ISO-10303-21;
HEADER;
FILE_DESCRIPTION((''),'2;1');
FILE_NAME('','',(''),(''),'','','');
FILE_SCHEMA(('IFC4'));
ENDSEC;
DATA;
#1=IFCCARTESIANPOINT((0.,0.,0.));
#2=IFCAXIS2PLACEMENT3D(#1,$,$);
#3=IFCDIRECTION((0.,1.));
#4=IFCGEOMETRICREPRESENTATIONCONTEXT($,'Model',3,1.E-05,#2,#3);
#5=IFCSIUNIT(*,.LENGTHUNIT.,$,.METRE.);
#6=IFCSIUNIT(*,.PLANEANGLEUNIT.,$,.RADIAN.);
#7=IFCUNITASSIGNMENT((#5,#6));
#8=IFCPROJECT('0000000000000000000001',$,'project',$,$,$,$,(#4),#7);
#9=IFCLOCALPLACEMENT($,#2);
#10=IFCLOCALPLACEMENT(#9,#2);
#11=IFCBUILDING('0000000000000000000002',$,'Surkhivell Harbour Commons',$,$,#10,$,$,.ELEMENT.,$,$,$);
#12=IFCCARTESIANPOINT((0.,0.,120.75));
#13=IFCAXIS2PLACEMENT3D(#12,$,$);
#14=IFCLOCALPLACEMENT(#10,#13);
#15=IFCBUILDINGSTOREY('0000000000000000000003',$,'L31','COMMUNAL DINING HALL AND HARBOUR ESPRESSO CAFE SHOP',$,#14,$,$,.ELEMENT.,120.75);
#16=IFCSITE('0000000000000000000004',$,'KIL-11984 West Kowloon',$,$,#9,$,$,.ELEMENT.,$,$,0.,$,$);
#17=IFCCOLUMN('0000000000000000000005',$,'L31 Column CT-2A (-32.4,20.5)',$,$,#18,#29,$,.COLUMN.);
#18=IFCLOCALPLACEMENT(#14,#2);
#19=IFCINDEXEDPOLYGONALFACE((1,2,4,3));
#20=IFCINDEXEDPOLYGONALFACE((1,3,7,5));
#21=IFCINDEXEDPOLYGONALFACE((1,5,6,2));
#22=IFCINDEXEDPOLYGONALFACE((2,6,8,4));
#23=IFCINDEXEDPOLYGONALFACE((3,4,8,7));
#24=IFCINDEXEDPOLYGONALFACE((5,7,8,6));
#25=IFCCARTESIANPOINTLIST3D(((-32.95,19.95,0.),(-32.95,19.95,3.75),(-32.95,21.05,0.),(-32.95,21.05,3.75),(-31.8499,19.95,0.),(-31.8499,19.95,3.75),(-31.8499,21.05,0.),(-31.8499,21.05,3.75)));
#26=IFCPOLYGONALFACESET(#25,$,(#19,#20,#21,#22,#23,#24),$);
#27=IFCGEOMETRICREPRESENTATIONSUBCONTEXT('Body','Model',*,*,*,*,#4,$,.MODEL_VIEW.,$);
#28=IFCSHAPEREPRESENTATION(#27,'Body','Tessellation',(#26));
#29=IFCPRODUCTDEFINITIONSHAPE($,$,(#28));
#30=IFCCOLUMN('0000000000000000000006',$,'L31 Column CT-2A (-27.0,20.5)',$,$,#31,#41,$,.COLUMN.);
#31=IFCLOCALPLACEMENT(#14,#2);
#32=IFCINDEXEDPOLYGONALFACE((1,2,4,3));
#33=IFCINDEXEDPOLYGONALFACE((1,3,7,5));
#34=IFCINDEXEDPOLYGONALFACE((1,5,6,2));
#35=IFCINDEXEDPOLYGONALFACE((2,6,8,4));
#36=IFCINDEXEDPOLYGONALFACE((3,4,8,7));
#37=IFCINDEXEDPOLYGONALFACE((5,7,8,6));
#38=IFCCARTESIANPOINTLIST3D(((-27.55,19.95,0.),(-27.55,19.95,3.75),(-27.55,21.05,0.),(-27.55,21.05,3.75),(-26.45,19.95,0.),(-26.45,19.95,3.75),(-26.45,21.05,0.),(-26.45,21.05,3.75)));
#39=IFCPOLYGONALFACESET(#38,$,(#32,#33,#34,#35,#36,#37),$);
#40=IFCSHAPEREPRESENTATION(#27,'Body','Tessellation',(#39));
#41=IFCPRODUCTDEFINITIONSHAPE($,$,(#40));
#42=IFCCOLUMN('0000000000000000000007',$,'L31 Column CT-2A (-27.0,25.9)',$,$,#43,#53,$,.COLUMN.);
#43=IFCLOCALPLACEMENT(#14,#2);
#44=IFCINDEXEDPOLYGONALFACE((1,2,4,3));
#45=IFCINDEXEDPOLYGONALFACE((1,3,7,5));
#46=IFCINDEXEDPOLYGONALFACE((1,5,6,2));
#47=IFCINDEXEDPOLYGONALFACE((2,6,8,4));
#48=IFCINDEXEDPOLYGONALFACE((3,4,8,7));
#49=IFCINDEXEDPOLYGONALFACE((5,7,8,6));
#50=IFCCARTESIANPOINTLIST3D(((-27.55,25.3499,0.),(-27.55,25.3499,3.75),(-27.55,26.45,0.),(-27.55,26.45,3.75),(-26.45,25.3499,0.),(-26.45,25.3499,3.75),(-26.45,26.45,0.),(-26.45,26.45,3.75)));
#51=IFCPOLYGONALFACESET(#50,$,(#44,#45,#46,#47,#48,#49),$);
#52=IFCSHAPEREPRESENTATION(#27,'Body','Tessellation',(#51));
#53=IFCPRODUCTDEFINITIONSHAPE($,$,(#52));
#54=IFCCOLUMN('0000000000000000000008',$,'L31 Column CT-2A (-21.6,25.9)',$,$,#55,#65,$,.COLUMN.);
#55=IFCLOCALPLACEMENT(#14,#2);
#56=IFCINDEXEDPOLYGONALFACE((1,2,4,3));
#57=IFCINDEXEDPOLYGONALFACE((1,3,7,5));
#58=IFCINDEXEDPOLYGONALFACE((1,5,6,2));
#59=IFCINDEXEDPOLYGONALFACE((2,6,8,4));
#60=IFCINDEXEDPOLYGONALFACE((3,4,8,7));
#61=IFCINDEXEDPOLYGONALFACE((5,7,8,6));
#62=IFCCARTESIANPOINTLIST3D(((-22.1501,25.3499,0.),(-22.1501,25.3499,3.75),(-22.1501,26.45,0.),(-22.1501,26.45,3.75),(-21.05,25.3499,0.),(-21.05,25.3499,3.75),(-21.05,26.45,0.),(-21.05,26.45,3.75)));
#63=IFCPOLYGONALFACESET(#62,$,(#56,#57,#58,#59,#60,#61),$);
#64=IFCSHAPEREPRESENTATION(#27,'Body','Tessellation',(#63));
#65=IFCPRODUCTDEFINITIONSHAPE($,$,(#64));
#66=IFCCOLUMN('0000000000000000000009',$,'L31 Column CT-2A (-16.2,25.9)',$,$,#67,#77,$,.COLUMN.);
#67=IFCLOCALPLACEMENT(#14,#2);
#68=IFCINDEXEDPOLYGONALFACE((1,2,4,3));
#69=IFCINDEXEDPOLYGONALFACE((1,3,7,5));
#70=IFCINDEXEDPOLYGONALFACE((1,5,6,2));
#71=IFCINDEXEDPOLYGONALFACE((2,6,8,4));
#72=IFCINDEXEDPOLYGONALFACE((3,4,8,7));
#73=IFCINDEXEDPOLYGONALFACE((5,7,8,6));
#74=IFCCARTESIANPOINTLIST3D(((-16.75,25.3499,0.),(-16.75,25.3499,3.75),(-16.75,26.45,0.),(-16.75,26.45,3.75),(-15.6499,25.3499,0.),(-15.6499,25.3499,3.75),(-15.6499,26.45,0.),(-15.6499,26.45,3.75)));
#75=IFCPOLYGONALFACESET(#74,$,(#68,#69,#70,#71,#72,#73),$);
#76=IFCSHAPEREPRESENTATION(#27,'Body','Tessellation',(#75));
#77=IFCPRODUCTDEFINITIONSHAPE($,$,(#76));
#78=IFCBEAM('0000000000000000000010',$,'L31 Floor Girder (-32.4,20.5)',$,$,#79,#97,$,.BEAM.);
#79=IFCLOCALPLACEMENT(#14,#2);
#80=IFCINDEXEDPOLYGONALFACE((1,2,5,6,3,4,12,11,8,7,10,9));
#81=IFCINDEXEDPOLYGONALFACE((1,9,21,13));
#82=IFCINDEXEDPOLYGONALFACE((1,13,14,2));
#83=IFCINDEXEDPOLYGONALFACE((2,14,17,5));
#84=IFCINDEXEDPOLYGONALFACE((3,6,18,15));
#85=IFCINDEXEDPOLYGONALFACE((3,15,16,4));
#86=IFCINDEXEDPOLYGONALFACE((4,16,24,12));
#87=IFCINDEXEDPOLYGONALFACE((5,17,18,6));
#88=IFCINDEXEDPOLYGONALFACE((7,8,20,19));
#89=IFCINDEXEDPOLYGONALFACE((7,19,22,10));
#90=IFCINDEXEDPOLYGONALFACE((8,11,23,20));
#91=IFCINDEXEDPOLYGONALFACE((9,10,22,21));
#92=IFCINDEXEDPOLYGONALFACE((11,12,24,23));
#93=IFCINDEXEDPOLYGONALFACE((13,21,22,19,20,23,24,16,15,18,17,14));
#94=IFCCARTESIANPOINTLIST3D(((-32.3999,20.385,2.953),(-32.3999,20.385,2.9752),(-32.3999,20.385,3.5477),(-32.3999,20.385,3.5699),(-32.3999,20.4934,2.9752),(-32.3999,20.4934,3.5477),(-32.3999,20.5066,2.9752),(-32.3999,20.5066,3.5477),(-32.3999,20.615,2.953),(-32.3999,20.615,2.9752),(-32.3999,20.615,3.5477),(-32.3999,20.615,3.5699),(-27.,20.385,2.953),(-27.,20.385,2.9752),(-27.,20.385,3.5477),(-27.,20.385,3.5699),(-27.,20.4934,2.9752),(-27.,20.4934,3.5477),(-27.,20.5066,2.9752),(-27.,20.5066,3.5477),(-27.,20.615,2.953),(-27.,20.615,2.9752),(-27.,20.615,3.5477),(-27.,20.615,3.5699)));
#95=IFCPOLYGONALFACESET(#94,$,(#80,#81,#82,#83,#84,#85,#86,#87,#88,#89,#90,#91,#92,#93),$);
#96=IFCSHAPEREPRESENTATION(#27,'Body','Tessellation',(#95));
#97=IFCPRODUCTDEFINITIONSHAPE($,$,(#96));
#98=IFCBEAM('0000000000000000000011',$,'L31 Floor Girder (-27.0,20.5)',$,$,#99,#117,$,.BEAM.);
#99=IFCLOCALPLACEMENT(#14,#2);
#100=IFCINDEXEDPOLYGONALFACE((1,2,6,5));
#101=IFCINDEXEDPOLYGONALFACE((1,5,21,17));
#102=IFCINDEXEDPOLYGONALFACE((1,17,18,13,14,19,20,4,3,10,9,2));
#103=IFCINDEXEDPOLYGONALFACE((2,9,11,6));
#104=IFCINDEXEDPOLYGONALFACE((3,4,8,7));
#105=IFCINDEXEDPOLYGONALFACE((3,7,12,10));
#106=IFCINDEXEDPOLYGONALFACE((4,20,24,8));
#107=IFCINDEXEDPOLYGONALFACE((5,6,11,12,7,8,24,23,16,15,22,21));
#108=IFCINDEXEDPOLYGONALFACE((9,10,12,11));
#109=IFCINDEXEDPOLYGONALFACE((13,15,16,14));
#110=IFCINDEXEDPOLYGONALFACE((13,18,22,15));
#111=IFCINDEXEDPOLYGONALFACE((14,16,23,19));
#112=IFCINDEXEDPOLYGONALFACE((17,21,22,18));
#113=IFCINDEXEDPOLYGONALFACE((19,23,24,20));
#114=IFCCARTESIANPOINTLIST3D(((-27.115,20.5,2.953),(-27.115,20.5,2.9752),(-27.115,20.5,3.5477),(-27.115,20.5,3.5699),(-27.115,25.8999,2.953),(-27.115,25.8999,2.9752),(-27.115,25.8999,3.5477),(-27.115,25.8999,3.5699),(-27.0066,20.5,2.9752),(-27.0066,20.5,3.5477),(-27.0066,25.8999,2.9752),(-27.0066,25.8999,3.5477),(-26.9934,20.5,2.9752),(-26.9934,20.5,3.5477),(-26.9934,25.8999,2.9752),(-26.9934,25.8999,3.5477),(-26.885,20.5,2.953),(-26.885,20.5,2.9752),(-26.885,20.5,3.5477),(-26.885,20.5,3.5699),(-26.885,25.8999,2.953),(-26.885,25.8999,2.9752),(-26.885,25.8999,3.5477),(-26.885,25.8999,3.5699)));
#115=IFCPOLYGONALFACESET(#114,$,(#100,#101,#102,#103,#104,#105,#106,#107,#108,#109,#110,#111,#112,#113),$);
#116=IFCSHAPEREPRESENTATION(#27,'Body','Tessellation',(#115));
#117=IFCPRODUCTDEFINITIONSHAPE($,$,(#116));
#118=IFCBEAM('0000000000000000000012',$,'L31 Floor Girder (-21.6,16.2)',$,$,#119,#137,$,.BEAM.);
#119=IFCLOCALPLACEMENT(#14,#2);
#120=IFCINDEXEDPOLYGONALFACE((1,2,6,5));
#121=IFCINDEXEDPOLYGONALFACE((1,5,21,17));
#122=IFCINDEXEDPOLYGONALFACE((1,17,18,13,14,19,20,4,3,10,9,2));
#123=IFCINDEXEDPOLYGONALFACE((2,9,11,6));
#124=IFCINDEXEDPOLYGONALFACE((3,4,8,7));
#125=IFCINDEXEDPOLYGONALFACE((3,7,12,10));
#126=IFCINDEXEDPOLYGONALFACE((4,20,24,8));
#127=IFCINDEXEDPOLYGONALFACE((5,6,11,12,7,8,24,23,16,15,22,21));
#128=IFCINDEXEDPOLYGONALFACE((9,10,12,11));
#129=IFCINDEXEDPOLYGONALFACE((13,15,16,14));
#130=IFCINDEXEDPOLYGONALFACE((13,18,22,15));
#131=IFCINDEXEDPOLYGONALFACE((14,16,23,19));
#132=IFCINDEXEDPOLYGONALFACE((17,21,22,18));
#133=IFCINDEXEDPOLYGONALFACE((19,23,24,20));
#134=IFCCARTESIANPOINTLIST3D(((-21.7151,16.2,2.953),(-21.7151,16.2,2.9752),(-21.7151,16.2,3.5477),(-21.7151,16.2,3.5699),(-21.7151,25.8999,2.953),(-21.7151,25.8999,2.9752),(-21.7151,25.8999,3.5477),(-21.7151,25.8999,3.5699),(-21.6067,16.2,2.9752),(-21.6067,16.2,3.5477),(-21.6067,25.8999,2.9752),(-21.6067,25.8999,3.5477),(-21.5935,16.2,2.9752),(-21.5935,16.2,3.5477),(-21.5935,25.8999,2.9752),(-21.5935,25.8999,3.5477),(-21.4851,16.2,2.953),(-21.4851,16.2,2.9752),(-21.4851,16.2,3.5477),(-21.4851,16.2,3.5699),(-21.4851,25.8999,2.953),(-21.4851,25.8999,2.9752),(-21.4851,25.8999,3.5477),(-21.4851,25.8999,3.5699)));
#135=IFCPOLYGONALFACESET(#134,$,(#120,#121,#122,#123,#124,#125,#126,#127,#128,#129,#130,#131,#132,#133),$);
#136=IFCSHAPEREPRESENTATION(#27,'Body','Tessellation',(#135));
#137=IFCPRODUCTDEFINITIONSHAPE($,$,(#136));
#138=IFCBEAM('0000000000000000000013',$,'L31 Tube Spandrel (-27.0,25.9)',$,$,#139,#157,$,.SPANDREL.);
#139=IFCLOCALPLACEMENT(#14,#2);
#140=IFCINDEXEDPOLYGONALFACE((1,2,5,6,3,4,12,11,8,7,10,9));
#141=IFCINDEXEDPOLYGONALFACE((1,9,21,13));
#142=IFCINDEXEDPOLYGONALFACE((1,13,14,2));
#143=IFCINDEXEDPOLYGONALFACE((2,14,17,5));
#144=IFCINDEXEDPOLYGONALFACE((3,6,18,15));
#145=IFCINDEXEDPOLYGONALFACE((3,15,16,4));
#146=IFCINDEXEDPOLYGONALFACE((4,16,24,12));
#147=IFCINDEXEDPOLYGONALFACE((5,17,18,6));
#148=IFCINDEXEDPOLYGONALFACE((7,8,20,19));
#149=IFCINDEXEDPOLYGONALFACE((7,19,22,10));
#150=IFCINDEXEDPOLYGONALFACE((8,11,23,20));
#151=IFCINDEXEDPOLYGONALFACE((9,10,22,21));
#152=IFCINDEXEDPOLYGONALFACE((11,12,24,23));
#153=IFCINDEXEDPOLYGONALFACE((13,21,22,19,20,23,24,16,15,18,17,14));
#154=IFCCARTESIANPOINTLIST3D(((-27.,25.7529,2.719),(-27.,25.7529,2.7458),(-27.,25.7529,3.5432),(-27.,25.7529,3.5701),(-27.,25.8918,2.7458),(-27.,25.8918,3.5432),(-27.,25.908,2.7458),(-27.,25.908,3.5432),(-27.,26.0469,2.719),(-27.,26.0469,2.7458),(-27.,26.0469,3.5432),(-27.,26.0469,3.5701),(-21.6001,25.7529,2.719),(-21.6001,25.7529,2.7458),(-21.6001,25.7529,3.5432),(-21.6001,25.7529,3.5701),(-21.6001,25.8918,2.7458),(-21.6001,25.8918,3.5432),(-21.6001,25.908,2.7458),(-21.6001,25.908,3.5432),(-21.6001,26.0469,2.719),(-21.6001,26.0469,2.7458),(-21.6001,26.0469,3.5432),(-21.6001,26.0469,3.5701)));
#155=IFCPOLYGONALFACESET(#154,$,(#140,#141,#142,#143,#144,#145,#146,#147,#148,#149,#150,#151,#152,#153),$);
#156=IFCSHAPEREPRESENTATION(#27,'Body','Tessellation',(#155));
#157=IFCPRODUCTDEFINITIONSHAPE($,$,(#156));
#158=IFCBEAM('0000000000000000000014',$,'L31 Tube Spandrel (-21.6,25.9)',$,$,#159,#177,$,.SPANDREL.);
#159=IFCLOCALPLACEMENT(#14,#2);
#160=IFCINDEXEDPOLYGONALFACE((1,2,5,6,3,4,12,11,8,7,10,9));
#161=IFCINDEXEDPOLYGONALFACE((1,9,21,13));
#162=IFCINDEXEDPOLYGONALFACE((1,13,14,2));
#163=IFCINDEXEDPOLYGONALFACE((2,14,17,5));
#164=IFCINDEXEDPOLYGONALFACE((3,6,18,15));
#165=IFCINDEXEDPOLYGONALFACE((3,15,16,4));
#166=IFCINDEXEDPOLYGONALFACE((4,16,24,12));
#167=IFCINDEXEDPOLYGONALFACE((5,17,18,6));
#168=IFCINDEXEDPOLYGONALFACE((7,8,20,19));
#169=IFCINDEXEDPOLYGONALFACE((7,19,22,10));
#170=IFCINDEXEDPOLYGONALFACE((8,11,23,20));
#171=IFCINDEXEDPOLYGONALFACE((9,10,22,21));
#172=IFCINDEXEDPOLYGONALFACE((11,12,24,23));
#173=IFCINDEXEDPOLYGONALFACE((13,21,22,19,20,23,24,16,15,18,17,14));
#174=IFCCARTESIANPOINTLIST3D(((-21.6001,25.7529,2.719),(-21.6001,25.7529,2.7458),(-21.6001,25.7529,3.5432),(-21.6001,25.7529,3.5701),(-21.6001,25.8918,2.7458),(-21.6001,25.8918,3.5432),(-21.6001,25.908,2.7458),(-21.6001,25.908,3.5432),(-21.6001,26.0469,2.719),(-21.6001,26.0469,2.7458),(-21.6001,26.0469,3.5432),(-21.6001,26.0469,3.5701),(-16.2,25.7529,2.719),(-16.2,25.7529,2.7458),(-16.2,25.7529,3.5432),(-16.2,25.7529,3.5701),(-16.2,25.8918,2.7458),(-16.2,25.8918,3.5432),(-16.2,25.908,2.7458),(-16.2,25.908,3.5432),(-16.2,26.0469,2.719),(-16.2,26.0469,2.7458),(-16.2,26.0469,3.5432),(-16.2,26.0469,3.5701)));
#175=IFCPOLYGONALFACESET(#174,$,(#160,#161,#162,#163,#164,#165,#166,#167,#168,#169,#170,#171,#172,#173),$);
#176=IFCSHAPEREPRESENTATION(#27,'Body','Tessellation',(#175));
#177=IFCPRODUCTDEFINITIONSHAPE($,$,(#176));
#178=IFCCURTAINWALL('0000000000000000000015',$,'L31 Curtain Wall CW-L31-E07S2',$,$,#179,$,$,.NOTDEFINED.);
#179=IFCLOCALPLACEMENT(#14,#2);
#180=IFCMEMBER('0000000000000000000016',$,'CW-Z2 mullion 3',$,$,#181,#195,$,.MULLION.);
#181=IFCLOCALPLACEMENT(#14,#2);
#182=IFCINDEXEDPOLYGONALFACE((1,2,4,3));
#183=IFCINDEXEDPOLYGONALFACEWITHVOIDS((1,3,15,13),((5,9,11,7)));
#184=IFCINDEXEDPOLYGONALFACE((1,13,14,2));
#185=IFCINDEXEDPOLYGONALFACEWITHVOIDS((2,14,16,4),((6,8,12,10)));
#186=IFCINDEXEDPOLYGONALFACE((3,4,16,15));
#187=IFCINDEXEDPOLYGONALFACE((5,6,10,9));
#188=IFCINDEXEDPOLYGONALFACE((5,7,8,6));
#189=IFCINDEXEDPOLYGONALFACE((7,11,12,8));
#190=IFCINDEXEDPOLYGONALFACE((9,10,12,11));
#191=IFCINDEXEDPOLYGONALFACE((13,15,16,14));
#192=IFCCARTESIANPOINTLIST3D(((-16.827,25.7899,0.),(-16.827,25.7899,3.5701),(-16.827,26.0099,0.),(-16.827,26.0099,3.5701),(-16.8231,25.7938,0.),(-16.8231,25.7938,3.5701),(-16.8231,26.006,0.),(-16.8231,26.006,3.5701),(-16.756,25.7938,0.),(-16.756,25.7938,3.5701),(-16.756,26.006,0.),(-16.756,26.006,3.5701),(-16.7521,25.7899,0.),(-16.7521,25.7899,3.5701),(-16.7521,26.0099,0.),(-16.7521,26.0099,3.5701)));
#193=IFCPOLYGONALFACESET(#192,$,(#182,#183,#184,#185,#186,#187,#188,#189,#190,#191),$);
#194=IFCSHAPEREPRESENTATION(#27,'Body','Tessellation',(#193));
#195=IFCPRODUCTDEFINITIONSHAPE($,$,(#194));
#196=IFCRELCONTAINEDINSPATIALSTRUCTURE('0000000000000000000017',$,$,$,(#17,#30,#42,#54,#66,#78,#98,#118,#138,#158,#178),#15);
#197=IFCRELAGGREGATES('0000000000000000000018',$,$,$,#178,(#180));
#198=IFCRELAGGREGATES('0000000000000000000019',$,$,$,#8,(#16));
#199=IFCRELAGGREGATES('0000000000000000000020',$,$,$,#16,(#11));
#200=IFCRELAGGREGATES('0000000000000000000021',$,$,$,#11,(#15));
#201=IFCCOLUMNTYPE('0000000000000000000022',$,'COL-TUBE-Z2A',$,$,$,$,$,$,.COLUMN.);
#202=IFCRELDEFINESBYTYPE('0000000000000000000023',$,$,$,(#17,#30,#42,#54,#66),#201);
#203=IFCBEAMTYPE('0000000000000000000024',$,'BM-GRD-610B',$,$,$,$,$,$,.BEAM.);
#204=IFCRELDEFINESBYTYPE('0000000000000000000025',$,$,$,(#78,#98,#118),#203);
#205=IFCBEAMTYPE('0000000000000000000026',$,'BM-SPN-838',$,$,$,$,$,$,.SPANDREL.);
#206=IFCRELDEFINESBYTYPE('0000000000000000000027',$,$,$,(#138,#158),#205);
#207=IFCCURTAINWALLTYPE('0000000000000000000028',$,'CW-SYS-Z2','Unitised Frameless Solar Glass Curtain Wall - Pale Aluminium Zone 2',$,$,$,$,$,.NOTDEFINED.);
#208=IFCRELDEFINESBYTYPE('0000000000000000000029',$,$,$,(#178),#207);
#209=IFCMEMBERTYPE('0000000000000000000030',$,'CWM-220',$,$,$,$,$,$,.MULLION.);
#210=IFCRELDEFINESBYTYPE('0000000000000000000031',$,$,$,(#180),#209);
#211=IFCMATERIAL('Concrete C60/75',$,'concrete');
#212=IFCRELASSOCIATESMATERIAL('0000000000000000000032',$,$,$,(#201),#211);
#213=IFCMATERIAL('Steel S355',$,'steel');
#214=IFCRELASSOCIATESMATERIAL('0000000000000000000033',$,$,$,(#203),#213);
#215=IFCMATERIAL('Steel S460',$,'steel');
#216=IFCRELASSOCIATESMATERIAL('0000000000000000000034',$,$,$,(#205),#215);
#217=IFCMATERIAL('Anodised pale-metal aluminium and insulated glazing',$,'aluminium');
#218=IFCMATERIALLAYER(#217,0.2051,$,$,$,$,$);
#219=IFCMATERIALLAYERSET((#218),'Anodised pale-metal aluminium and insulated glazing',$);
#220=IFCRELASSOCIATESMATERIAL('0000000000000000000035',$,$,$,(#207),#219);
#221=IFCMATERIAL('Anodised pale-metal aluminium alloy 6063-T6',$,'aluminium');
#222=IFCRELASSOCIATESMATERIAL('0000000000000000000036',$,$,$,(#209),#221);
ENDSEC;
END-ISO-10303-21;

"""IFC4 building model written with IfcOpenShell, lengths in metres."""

from ifc_helpers import new_model, si_unit, direction, frame, origin, origin_2d, place, context, subcontext, project, spatial, rectangle, hollow_rectangle, i_section, extrude, material, layer, layer_set, material_profile, profile_set, type_object, element, aggregate, save


model = new_model("IFC4")

# Units and contexts
model_context = context("Model", 3, precision=1e-05, world=origin(), true_north=direction((0.0, 1.0)))
body_context = subcontext(model_context, "Body", "Model", "MODEL_VIEW")
ifc_project = project(units=[si_unit("LENGTHUNIT", "METRE"), si_unit("PLANEANGLEUNIT", "RADIAN")], contexts=[model_context])

# Site, building, storey
site_placement = place(None, origin())
site = spatial("IfcSite", under=ifc_project, at=site_placement, Name="KIL-11984 West Kowloon", CompositionType="ELEMENT", RefElevation=0.0)
building_placement = place(site_placement, origin())
building = spatial("IfcBuilding", under=site, at=building_placement, Name="Surkhivell Harbour Commons", CompositionType="ELEMENT")
storey_placement = place(building_placement, frame((0.0, 0.0, 120.75)))
storey = spatial("IfcBuildingStorey", under=building, at=storey_placement, Name="L31", Description="COMMUNAL DINING HALL AND HARBOUR ESPRESSO CAFE SHOP", CompositionType="ELEMENT", Elevation=120.75)

# Columns
ifc_material_1 = material(Name="Concrete C60/75", Category="concrete")
ifc_material_profile_1 = material_profile(ifc_material_1, rectangle(XDim=1.1001, YDim=1.1001, at=origin_2d()), Name="RC-COL-1100x1100")
ifc_profile_set_1 = profile_set([ifc_material_profile_1], Name="Concrete C60/75")
column_type = type_object("IfcColumnType", Name="COL-TUBE-Z2A", PredefinedType="COLUMN", material=ifc_profile_set_1)
for number, where, z_axis, x_axis, name in (
    (1, (-32.3999, 20.5, 0.0), (0.0, 0.0, 1.0), (1.0, 0.0, 0.0), "L31 Column CT-2A (-32.4,20.5)"),
    (2, (-27.0, 20.5, 0.0), (0.0, 0.0, 1.0), (1.0, 0.0, 0.0), "L31 Column CT-2A (-27.0,20.5)"),
    (3, (-27.0, 25.8999, 0.0), (0.0, 0.0, 1.0), (1.0, 0.0, 0.0), "L31 Column CT-2A (-27.0,25.9)"),
    (4, (-21.6001, 25.8999, 0.0), (0.0, 0.0, 1.0), (1.0, 0.0, 0.0), "L31 Column CT-2A (-21.6,25.9)"),
    (5, (-16.2, 25.8999, 0.0), (0.0, 0.0, 1.0), (1.0, 0.0, 0.0), "L31 Column CT-2A (-16.2,25.9)"),
):
    element("IfcColumn", number, at=place(storey_placement, frame(where, z_axis=z_axis, x_axis=x_axis)), inside=storey, type_object=column_type, Name=name, PredefinedType="COLUMN", context=body_context, shape_type="SweptSolid", body=[
        extrude(rectangle(XDim=1.1001, YDim=1.1001, at=origin_2d()), origin(), (0.0, 0.0, 1.0), 3.75),
    ])

# Beams
ifc_material_2 = material(Name="Steel S355", Category="steel")
ifc_material_profile_2 = material_profile(ifc_material_2, i_section(OverallWidth=0.23, OverallDepth=0.6169, WebThickness=0.0132, FlangeThickness=0.0222, at=origin_2d()), Name="UB610x229x140")
ifc_profile_set_2 = profile_set([ifc_material_profile_2], Name="Steel S355")
beam_type_1 = type_object("IfcBeamType", Name="BM-GRD-610B", PredefinedType="BEAM", material=ifc_profile_set_2)
for number, where, z_axis, x_axis, name in (
    (6, (-32.3999, 20.5, 3.2615), (1.0, 0.0, 0.0), (0.0, 1.0, 0.0), "L31 Floor Girder (-32.4,20.5)"),
    (7, (-27.0, 20.5, 3.2615), (0.0, 1.0, 0.0), (-1.0, 0.0, 0.0), "L31 Floor Girder (-27.0,20.5)"),
):
    element("IfcBeam", number, at=place(storey_placement, frame(where, z_axis=z_axis, x_axis=x_axis)), inside=storey, type_object=beam_type_1, Name=name, PredefinedType="BEAM", context=body_context, shape_type="SweptSolid", body=[
        extrude(i_section(OverallWidth=0.23, OverallDepth=0.6169, WebThickness=0.0132, FlangeThickness=0.0222, at=origin_2d()), origin(), (0.0, 0.0, 1.0), 5.3999),
    ])
beam_1_placement = place(storey_placement, frame((-21.6001, 16.2, 3.2615), z_axis=(0.0, 1.0, 0.0), x_axis=(-1.0, 0.0, 0.0)))
element("IfcBeam", 8, at=beam_1_placement, inside=storey, type_object=beam_type_1, Name="L31 Floor Girder (-21.6,16.2)", PredefinedType="BEAM", context=body_context, shape_type="SweptSolid", body=[
    extrude(i_section(OverallWidth=0.23, OverallDepth=0.6169, WebThickness=0.0132, FlangeThickness=0.0222, at=origin_2d()), origin(), (0.0, 0.0, 1.0), 9.7),
])
ifc_material_3 = material(Name="Steel S460", Category="steel")
ifc_material_profile_3 = material_profile(ifc_material_3, i_section(OverallWidth=0.2939, OverallDepth=0.8511, WebThickness=0.0161, FlangeThickness=0.0269, at=origin_2d()), Name="UB838x292x226")
ifc_profile_set_3 = profile_set([ifc_material_profile_3], Name="Steel S460")
beam_type_2 = type_object("IfcBeamType", Name="BM-SPN-838", PredefinedType="SPANDREL", material=ifc_profile_set_3)
beam_2_placement = place(storey_placement, frame((-27.0, 25.8999, 3.1445), z_axis=(1.0, 0.0, 0.0), x_axis=(0.0, 1.0, 0.0)))
element("IfcBeam", 9, at=beam_2_placement, inside=storey, type_object=beam_type_2, Name="L31 Tube Spandrel (-27.0,25.9)", PredefinedType="SPANDREL", context=body_context, shape_type="SweptSolid", body=[
    extrude(i_section(OverallWidth=0.2939, OverallDepth=0.8511, WebThickness=0.0161, FlangeThickness=0.0269, at=origin_2d()), origin(), (0.0, 0.0, 1.0), 5.3999),
])
beam_3_placement = place(storey_placement, frame((-21.6001, 25.8999, 3.1445), z_axis=(1.0, 0.0, 0.0), x_axis=(0.0, 1.0, 0.0)))
element("IfcBeam", 10, at=beam_3_placement, inside=storey, type_object=beam_type_2, Name="L31 Tube Spandrel (-21.6,25.9)", PredefinedType="SPANDREL", context=body_context, shape_type="SweptSolid", body=[
    extrude(i_section(OverallWidth=0.2939, OverallDepth=0.8511, WebThickness=0.0161, FlangeThickness=0.0269, at=origin_2d()), origin(), (0.0, 0.0, 1.0), 5.4001),
])

# Curtain wall, member
ifc_material_4 = material(Name="Anodised pale-metal aluminium and insulated glazing", Category="aluminium")
ifc_layer_1 = layer(ifc_material_4, 0.2051)
ifc_layer_set_1 = layer_set([ifc_layer_1], Name="Anodised pale-metal aluminium and insulated glazing")
curtain_wall_type = type_object("IfcCurtainWallType", Name="CW-SYS-Z2", Description="Unitised Frameless Solar Glass Curtain Wall - Pale Aluminium Zone 2", PredefinedType="NOTDEFINED", material=ifc_layer_set_1)
curtain_wall_1_placement = place(storey_placement, origin())
curtain_wall_1 = element("IfcCurtainWall", 11, at=curtain_wall_1_placement, inside=storey, type_object=curtain_wall_type, Name="L31 Curtain Wall CW-L31-E07S2", PredefinedType="NOTDEFINED")
ifc_material_5 = material(Name="Anodised pale-metal aluminium alloy 6063-T6", Category="aluminium")
ifc_material_profile_4 = material_profile(ifc_material_5, hollow_rectangle(XDim=0.075, YDim=0.22, WallThickness=0.0039, at=origin_2d()), Name="ALU-MULL-75x220")
ifc_profile_set_4 = profile_set([ifc_material_profile_4], Name="Anodised pale-metal aluminium alloy 6063-T6")
member_type_1 = type_object("IfcMemberType", Name="CWM-220", PredefinedType="MULLION", material=ifc_profile_set_4)
member_1_placement = place(storey_placement, frame((-16.7896, 25.8999, 0.0), z_axis=(0.0, 0.0, 1.0), x_axis=(-1.0, 0.0, 0.0)))
member_1 = element("IfcMember", 12, at=member_1_placement, type_object=member_type_1, Name="CW-Z2 mullion 3", PredefinedType="MULLION", context=body_context, shape_type="SweptSolid", body=[
    extrude(hollow_rectangle(XDim=0.075, YDim=0.22, WallThickness=0.0039, at=origin_2d()), origin(), (0.0, 0.0, 1.0), 3.5701),
])

aggregate(curtain_wall_1, [member_1])

save(model, "model.ifc")
